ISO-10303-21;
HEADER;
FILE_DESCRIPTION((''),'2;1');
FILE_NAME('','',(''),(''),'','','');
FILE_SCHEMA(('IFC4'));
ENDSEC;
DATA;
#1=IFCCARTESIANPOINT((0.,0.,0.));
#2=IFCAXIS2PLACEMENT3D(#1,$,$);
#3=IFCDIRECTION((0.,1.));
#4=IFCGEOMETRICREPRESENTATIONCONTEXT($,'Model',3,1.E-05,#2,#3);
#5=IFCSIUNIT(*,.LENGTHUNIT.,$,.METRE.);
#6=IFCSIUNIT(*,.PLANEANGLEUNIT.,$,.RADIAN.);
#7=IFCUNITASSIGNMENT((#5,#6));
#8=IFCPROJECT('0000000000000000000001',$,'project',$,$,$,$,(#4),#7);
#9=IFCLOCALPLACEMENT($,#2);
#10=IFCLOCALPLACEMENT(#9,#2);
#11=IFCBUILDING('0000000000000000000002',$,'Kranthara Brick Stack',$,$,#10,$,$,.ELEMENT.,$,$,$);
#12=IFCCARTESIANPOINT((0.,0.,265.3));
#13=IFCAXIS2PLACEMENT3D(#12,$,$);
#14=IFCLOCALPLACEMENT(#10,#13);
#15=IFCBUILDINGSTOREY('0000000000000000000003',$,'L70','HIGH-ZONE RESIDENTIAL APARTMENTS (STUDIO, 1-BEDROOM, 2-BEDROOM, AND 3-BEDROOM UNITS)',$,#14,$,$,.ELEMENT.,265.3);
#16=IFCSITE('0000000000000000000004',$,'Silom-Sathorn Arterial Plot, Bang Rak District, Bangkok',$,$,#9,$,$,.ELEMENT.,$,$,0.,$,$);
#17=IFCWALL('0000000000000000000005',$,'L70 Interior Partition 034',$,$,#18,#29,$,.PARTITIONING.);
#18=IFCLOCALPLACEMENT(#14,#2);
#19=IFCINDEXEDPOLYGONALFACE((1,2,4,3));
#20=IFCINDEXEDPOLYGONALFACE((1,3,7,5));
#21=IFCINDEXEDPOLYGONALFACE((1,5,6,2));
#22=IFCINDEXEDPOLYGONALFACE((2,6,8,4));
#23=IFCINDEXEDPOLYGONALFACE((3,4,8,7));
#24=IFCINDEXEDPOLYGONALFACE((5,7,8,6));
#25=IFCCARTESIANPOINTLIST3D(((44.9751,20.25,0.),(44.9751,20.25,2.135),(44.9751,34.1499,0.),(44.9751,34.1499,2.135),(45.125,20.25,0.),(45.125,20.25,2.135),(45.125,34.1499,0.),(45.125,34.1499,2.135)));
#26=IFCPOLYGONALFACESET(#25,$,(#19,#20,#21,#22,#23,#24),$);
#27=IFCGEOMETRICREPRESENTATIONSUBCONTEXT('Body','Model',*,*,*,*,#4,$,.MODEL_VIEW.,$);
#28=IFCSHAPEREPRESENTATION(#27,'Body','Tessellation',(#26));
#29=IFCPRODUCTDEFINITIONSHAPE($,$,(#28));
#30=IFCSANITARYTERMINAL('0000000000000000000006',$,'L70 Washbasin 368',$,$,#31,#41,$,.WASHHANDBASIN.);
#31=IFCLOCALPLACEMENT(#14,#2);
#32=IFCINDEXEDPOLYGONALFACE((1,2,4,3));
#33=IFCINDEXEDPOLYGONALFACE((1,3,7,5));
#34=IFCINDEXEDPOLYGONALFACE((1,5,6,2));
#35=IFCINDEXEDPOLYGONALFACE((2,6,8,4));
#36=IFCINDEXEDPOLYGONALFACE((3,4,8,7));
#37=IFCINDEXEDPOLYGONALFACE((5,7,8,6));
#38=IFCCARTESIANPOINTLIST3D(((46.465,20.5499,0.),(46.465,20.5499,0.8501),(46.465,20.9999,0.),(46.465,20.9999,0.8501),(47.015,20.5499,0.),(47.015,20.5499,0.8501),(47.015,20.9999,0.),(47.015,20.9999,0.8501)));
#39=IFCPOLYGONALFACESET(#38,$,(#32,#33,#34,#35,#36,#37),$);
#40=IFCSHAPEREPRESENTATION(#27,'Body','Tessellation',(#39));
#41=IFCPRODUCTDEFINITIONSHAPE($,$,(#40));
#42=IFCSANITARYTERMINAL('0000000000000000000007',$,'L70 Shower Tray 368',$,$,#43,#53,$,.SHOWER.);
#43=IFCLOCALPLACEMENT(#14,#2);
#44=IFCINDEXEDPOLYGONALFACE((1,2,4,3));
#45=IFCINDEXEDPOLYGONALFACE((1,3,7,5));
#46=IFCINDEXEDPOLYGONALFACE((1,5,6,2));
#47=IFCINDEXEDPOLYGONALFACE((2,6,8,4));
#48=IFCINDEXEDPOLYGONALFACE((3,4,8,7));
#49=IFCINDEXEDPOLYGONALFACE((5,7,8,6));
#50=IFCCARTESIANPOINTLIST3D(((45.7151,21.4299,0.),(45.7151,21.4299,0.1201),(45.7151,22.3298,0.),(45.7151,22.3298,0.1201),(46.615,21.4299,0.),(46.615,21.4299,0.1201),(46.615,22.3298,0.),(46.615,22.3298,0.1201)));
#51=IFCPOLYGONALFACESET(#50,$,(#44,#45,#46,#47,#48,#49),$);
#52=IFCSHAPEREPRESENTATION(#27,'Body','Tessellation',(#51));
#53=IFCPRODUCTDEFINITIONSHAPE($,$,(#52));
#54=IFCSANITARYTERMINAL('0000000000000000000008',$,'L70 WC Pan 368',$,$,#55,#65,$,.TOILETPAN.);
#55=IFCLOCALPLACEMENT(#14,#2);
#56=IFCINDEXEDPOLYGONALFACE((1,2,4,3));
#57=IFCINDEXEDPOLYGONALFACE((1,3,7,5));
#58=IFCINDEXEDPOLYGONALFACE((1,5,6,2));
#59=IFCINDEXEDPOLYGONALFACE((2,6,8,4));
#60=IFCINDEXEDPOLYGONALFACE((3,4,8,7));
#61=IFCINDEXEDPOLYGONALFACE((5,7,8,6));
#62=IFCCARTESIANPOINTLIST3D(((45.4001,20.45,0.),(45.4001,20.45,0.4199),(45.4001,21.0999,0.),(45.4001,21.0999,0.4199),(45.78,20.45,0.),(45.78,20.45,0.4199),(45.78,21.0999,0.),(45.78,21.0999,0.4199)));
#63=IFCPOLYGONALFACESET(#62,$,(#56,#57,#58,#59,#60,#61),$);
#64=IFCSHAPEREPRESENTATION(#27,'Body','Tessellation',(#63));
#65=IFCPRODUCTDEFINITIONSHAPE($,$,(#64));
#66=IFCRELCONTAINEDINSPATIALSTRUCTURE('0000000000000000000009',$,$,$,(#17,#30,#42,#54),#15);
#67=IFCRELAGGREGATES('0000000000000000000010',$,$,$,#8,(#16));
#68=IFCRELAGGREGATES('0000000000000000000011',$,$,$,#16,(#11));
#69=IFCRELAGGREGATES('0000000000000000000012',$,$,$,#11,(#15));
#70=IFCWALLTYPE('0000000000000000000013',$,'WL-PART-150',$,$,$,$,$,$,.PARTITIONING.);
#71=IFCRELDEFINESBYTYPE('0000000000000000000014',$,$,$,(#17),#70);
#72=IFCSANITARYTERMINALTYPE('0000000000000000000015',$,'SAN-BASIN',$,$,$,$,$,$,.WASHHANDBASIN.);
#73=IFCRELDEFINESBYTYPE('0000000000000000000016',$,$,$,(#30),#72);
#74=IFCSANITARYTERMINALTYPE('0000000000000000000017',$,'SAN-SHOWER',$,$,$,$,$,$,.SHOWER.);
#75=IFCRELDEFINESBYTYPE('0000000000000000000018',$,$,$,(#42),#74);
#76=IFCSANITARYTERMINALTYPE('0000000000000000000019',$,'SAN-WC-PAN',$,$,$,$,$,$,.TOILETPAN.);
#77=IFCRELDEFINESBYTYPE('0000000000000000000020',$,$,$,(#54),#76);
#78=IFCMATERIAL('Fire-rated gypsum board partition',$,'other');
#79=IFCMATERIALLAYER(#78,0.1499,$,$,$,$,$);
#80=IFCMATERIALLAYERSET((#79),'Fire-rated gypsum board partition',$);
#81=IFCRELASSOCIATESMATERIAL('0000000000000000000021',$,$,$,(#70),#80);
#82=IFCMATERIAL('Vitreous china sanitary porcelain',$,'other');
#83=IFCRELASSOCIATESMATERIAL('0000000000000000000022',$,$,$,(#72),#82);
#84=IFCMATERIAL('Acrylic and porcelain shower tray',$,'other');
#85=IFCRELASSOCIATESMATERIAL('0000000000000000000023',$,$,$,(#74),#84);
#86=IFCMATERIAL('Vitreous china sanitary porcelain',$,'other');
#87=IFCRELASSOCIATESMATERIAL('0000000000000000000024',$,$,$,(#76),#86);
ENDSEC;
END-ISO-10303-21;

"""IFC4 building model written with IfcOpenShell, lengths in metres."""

from ifc_helpers import new_model, si_unit, direction, frame, frame_2d, origin, origin_2d, place, context, subcontext, project, spatial, rectangle, extrude, material, layer, layer_set, type_object, element, save


model = new_model("IFC4")

# Units and contexts
model_context = context("Model", 3, precision=1e-05, world=origin(), true_north=direction((0.0, 1.0)))
body_context = subcontext(model_context, "Body", "Model", "MODEL_VIEW")
ifc_project = project(units=[si_unit("LENGTHUNIT", "METRE"), si_unit("PLANEANGLEUNIT", "RADIAN")], contexts=[model_context])

# Site, building, storey
site_placement = place(None, origin())
site = spatial("IfcSite", under=ifc_project, at=site_placement, Name="Silom-Sathorn Arterial Plot, Bang Rak District, Bangkok", CompositionType="ELEMENT", RefElevation=0.0)
building_placement = place(site_placement, origin())
building = spatial("IfcBuilding", under=site, at=building_placement, Name="Kranthara Brick Stack", CompositionType="ELEMENT")
storey_placement = place(building_placement, frame((0.0, 0.0, 265.3)))
storey = spatial("IfcBuildingStorey", under=building, at=storey_placement, Name="L70", Description="HIGH-ZONE RESIDENTIAL APARTMENTS (STUDIO, 1-BEDROOM, 2-BEDROOM, AND 3-BEDROOM UNITS)", CompositionType="ELEMENT", Elevation=265.3)

# Wall
ifc_material_1 = material(Name="Fire-rated gypsum board partition", Category="other")
ifc_layer_1 = layer(ifc_material_1, 0.1499)
ifc_layer_set_1 = layer_set([ifc_layer_1], Name="Fire-rated gypsum board partition")
wall_type_1 = type_object("IfcWallType", Name="WL-PART-150", PredefinedType="PARTITIONING", material=ifc_layer_set_1)
wall_1_placement = place(storey_placement, frame((45.05, 20.25, 0.0), z_axis=(0.0, 0.0, 1.0), x_axis=(0.0, 1.0, 0.0)))
element("IfcWall", 1, at=wall_1_placement, inside=storey, type_object=wall_type_1, Name="L70 Interior Partition 034", PredefinedType="PARTITIONING", context=body_context, shape_type="SweptSolid", body=[
    extrude(rectangle(XDim=13.8999, YDim=0.1499, at=frame_2d((6.95, 0.0))), origin(), (0.0, 0.0, 1.0), 2.135),
])

# Sanitary terminals
ifc_material_2 = material(Name="Vitreous china sanitary porcelain", Category="other")
sanitary_terminal_type_1 = type_object("IfcSanitaryTerminalType", Name="SAN-BASIN", PredefinedType="WASHHANDBASIN", material=ifc_material_2)
sanitary_terminal_1_placement = place(storey_placement, frame((46.74, 20.7749, 0.0), z_axis=(0.0, 0.0, 1.0), x_axis=(1.0, 0.0, 0.0)))
element("IfcSanitaryTerminal", 2, at=sanitary_terminal_1_placement, inside=storey, type_object=sanitary_terminal_type_1, Name="L70 Washbasin 368", PredefinedType="WASHHANDBASIN", context=body_context, shape_type="SweptSolid", body=[
    extrude(rectangle(XDim=0.55, YDim=0.45, at=origin_2d()), origin(), (0.0, 0.0, 1.0), 0.8501),
])
ifc_material_3 = material(Name="Acrylic and porcelain shower tray", Category="other")
sanitary_terminal_type_2 = type_object("IfcSanitaryTerminalType", Name="SAN-SHOWER", PredefinedType="SHOWER", material=ifc_material_3)
sanitary_terminal_2_placement = place(storey_placement, frame((46.165, 21.8799, 0.0), z_axis=(0.0, 0.0, 1.0), x_axis=(1.0, 0.0, 0.0)))
element("IfcSanitaryTerminal", 3, at=sanitary_terminal_2_placement, inside=storey, type_object=sanitary_terminal_type_2, Name="L70 Shower Tray 368", PredefinedType="SHOWER", context=body_context, shape_type="SweptSolid", body=[
    extrude(rectangle(XDim=0.8999, YDim=0.8999, at=origin_2d()), origin(), (0.0, 0.0, 1.0), 0.1201),
])
ifc_material_4 = material(Name="Vitreous china sanitary porcelain", Category="other")
sanitary_terminal_type_3 = type_object("IfcSanitaryTerminalType", Name="SAN-WC-PAN", PredefinedType="TOILETPAN", material=ifc_material_4)
sanitary_terminal_3_placement = place(storey_placement, frame((45.5901, 20.7749, 0.0), z_axis=(0.0, 0.0, 1.0), x_axis=(1.0, 0.0, 0.0)))
element("IfcSanitaryTerminal", 4, at=sanitary_terminal_3_placement, inside=storey, type_object=sanitary_terminal_type_3, Name="L70 WC Pan 368", PredefinedType="TOILETPAN", context=body_context, shape_type="SweptSolid", body=[
    extrude(rectangle(XDim=0.3799, YDim=0.6499, at=origin_2d()), origin(), (0.0, 0.0, 1.0), 0.4199),
])

save(model, "model.ifc")
